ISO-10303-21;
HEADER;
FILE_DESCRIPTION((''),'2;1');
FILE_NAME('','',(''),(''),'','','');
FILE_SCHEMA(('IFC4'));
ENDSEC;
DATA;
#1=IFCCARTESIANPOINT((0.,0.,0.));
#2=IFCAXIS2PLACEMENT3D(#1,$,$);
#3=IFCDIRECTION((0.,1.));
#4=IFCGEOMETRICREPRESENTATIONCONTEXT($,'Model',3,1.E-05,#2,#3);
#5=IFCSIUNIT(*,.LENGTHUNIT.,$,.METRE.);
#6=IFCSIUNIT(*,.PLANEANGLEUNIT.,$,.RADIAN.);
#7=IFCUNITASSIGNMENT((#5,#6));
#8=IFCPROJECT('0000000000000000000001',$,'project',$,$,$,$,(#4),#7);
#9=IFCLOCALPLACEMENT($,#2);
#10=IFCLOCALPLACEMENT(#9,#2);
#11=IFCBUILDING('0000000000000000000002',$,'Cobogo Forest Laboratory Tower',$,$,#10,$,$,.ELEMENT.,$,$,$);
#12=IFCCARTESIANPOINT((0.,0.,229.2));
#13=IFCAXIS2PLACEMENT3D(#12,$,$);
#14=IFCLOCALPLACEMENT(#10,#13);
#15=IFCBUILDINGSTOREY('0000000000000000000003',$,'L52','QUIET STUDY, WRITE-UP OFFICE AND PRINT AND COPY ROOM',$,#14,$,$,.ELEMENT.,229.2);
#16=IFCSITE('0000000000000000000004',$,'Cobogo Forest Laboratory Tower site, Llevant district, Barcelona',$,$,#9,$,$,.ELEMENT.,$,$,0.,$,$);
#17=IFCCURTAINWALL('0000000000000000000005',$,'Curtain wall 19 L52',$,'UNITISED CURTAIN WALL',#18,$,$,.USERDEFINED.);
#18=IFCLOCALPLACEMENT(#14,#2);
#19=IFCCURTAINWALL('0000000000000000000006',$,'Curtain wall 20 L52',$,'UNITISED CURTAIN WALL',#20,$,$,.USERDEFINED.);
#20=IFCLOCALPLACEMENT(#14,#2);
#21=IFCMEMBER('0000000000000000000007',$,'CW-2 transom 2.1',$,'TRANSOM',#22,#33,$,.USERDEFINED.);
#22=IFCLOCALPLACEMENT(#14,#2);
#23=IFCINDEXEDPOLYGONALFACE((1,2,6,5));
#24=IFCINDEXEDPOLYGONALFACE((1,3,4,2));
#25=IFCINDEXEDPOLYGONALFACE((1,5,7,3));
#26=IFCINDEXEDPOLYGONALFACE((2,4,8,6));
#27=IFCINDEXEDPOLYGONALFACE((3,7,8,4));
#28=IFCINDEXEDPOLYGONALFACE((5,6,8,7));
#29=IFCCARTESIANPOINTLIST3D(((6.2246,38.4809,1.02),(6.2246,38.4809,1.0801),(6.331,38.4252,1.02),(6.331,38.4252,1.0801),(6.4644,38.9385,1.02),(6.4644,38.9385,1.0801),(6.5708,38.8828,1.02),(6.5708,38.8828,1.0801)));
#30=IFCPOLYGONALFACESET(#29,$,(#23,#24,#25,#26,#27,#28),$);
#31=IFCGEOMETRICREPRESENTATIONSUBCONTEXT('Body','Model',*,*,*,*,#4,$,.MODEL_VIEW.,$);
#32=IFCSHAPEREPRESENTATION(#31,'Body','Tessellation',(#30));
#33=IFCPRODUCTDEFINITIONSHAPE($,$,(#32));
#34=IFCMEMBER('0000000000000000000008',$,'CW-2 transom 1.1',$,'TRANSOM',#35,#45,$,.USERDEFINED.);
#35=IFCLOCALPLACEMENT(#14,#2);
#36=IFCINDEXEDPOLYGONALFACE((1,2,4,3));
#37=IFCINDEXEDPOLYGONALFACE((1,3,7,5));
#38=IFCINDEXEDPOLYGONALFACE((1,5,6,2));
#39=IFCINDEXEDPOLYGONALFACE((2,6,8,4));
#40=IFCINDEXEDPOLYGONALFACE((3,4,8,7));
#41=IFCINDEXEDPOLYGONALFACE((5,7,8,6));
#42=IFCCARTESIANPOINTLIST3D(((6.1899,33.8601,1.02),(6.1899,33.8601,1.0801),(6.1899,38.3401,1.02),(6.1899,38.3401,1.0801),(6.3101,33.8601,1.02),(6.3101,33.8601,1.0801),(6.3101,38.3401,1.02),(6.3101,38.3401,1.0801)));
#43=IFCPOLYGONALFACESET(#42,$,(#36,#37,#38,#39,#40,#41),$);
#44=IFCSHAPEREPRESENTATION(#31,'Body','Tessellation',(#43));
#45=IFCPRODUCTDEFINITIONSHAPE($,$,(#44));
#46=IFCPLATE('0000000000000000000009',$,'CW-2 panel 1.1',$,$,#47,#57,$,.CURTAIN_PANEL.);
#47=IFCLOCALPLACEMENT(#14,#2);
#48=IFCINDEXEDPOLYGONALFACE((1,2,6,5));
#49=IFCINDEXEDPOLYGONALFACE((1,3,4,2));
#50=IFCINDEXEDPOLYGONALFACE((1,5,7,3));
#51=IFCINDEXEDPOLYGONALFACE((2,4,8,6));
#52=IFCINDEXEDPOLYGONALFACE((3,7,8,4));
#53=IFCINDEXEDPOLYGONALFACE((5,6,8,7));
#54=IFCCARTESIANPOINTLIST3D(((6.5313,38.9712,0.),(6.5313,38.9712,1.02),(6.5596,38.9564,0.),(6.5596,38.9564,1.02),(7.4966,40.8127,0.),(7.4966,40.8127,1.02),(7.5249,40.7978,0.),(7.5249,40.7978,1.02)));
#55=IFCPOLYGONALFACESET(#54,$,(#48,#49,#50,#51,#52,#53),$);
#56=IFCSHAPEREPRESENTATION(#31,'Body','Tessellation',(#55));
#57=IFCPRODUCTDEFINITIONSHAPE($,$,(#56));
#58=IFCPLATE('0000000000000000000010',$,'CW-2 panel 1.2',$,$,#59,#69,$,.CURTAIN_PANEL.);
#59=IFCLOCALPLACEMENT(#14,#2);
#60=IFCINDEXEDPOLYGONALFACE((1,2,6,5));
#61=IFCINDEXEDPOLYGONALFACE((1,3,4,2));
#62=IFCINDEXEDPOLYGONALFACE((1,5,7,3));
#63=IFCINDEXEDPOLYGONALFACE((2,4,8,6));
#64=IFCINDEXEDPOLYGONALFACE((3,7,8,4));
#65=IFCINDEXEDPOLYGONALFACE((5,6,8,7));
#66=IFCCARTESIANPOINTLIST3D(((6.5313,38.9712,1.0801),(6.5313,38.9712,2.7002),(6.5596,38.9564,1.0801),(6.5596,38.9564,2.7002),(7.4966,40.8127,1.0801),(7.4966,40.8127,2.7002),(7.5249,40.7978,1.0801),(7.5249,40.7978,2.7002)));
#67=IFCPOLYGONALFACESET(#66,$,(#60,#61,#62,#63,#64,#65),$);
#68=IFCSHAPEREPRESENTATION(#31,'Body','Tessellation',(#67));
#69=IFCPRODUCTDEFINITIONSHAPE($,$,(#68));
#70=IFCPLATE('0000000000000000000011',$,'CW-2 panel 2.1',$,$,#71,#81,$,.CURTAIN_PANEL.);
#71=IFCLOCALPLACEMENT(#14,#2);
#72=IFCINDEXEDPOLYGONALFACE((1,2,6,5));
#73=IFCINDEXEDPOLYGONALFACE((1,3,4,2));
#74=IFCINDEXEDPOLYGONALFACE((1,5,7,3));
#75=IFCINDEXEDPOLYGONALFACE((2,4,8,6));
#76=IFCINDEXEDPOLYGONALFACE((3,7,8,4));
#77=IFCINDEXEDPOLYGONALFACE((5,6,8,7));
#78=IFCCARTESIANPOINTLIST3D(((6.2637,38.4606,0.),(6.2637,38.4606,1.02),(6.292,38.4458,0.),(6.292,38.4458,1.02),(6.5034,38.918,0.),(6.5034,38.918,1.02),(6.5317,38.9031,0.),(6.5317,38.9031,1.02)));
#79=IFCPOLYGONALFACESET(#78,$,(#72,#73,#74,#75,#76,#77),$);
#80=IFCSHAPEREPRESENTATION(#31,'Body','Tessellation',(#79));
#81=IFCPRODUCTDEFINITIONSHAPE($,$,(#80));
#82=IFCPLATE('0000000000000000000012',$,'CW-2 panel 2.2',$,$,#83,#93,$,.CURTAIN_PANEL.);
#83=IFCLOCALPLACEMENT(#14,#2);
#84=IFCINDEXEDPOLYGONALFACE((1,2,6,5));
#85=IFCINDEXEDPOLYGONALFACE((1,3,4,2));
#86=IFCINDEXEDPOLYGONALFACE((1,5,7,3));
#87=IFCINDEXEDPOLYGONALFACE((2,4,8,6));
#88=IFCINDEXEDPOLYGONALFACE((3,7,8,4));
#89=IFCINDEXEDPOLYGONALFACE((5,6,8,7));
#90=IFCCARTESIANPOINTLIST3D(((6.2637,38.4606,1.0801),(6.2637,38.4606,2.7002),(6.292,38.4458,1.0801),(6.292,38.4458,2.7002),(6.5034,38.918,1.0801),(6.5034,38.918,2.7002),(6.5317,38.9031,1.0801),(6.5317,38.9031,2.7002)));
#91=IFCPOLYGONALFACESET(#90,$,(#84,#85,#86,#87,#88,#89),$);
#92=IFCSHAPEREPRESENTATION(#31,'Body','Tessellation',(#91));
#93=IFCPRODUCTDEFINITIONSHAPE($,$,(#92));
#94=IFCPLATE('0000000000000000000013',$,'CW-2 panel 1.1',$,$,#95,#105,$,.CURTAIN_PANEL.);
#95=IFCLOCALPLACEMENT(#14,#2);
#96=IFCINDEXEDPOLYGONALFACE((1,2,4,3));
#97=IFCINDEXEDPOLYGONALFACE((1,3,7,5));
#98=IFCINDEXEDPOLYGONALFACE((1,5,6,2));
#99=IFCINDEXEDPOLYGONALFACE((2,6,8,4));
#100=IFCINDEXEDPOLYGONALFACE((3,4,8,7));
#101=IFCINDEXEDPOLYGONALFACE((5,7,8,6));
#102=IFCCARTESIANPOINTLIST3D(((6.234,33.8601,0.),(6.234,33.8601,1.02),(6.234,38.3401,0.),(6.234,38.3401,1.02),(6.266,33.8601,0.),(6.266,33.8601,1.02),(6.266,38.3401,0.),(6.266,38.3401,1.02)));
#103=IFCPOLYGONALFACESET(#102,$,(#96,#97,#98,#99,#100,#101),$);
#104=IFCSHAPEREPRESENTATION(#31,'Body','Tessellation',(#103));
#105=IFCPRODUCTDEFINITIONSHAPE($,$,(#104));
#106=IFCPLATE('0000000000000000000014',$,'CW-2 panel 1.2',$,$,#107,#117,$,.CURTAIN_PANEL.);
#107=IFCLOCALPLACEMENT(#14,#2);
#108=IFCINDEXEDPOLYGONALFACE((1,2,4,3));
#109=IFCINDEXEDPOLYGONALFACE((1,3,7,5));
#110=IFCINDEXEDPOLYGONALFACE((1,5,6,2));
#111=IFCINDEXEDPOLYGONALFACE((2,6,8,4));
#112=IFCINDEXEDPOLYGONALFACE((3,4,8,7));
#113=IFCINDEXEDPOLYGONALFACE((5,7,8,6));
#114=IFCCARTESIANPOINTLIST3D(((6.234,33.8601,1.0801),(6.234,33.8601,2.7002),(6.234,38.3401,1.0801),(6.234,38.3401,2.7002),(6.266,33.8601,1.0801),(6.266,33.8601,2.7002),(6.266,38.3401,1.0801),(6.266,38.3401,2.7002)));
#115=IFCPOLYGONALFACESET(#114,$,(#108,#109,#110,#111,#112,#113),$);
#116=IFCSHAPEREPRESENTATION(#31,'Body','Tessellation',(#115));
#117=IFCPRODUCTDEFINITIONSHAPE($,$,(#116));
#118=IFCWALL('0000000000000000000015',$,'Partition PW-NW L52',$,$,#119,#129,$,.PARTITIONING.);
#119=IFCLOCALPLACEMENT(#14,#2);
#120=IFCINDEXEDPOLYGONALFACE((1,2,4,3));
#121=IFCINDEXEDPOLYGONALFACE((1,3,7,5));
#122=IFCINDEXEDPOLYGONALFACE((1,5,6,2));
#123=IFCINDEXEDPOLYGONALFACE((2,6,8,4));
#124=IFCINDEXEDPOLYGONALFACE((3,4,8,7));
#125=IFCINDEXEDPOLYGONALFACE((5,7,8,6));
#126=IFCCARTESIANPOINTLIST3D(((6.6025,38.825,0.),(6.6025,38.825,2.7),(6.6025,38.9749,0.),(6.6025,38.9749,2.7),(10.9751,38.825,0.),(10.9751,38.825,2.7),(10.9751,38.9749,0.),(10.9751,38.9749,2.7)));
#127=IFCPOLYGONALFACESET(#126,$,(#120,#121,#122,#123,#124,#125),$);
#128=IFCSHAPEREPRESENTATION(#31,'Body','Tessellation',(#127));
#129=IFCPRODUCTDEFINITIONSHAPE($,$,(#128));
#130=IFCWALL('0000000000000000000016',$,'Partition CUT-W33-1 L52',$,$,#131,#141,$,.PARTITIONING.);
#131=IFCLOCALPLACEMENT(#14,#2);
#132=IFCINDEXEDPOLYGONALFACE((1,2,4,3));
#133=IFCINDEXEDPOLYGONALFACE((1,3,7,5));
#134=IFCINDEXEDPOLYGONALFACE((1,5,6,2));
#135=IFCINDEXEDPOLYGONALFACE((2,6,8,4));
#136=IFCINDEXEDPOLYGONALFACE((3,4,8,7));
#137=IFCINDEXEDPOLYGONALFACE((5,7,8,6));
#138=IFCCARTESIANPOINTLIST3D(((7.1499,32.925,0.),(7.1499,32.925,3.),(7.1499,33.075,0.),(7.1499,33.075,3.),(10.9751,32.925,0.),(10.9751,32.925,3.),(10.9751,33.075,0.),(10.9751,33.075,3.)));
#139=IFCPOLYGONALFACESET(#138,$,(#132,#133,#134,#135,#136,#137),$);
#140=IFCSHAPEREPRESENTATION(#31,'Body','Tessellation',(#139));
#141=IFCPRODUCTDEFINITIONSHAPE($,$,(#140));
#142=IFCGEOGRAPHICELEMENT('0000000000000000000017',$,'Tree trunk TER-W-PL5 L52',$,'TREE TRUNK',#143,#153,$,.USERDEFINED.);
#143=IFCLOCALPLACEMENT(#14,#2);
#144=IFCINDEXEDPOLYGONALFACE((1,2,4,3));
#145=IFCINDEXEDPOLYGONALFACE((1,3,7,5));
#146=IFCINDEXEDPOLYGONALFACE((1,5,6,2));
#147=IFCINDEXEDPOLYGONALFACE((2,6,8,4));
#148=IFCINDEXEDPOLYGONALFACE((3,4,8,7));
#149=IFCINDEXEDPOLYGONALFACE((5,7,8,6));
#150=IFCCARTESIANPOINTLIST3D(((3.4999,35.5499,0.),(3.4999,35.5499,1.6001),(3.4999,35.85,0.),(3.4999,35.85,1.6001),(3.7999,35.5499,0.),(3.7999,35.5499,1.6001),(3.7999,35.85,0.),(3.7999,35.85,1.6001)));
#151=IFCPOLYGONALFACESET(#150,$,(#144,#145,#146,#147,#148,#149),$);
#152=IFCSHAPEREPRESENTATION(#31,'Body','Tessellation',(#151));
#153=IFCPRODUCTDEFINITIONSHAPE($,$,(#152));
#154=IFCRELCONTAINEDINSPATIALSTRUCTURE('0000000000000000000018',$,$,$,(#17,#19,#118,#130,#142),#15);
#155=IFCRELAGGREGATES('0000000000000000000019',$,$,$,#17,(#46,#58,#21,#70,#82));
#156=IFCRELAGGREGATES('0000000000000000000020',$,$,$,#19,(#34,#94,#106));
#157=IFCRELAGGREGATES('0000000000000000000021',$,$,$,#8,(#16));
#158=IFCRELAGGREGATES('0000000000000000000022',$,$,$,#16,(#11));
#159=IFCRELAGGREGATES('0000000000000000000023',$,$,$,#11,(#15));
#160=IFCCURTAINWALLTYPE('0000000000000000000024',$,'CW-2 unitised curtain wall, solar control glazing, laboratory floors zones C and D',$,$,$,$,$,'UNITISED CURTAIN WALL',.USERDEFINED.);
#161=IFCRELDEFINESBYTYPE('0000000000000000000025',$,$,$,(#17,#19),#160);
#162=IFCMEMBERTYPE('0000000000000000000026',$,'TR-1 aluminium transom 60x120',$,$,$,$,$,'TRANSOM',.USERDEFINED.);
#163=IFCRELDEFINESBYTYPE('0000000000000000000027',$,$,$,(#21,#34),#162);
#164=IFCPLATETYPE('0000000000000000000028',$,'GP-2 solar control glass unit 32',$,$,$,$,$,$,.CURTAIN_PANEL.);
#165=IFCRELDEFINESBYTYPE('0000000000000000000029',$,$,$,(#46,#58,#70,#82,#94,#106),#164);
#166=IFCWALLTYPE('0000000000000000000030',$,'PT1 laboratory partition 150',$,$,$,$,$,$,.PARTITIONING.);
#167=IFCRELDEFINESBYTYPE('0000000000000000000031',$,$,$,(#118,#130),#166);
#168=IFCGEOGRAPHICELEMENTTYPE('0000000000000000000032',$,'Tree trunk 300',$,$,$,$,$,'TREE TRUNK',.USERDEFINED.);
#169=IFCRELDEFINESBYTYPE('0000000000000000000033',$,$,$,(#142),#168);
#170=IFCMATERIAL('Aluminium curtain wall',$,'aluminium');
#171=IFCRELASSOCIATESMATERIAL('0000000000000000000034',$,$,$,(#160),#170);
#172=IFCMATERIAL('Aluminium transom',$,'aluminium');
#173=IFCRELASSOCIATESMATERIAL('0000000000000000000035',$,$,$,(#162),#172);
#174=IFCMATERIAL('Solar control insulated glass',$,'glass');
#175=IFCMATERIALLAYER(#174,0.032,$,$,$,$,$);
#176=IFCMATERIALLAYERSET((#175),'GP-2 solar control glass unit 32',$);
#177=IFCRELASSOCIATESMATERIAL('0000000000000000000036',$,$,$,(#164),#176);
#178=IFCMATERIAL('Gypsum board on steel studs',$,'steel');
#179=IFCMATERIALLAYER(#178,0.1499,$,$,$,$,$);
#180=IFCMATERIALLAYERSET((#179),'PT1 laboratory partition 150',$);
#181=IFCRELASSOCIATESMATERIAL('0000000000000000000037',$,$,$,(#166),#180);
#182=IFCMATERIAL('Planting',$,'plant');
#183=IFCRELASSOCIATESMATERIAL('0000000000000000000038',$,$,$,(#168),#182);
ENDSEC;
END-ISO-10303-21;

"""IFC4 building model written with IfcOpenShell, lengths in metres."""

from ifc_helpers import new_model, si_unit, direction, frame, frame_2d, origin, origin_2d, place, context, subcontext, project, spatial, rectangle, extrude, material, layer, layer_set, material_profile, profile_set, type_object, element, aggregate, save


model = new_model("IFC4")

# Units and contexts
model_context = context("Model", 3, precision=1e-05, world=origin(), true_north=direction((0.0, 1.0)))
body_context = subcontext(model_context, "Body", "Model", "MODEL_VIEW")
ifc_project = project(units=[si_unit("LENGTHUNIT", "METRE"), si_unit("PLANEANGLEUNIT", "RADIAN")], contexts=[model_context])

# Site, building, storey
site_placement = place(None, origin())
site = spatial("IfcSite", under=ifc_project, at=site_placement, Name="Cobogo Forest Laboratory Tower site, Llevant district, Barcelona", CompositionType="ELEMENT", RefElevation=0.0)
building_placement = place(site_placement, origin())
building = spatial("IfcBuilding", under=site, at=building_placement, Name="Cobogo Forest Laboratory Tower", CompositionType="ELEMENT")
storey_placement = place(building_placement, frame((0.0, 0.0, 229.2)))
storey = spatial("IfcBuildingStorey", under=building, at=storey_placement, Name="L52", Description="QUIET STUDY, WRITE-UP OFFICE AND PRINT AND COPY ROOM", CompositionType="ELEMENT", Elevation=229.2)

# Curtain walls
ifc_material_1 = material(Name="Aluminium curtain wall", Category="aluminium")
curtain_wall_type = type_object("IfcCurtainWallType", Name="CW-2 unitised curtain wall, solar control glazing, laboratory floors zones C and D", ElementType="UNITISED CURTAIN WALL", PredefinedType="USERDEFINED", material=ifc_material_1)
curtain_wall_1_placement = place(storey_placement, origin())
curtain_wall_1 = element("IfcCurtainWall", 1, at=curtain_wall_1_placement, inside=storey, type_object=curtain_wall_type, Name="Curtain wall 19 L52", ObjectType="UNITISED CURTAIN WALL", PredefinedType="USERDEFINED")
curtain_wall_2_placement = place(storey_placement, origin())
curtain_wall_2 = element("IfcCurtainWall", 2, at=curtain_wall_2_placement, inside=storey, type_object=curtain_wall_type, Name="Curtain wall 20 L52", ObjectType="UNITISED CURTAIN WALL", PredefinedType="USERDEFINED")

# Members
ifc_material_2 = material(Name="Aluminium transom", Category="aluminium")
ifc_material_profile_1 = material_profile(ifc_material_2, rectangle(XDim=0.1201, YDim=0.0601, at=origin_2d()), Name="AL 60x120")
ifc_profile_set_1 = profile_set([ifc_material_profile_1], Name="Aluminium transom")
member_type_1 = type_object("IfcMemberType", Name="TR-1 aluminium transom 60x120", ElementType="TRANSOM", PredefinedType="USERDEFINED", material=ifc_profile_set_1)
member_1_placement = place(storey_placement, frame((6.5176, 38.9106, 1.05), z_axis=(-0.464148, -0.885758, 0.0), x_axis=(0.885758, -0.464148, 0.0)))
member_1 = element("IfcMember", 3, at=member_1_placement, type_object=member_type_1, Name="CW-2 transom 2.1", ObjectType="TRANSOM", PredefinedType="USERDEFINED", context=body_context, shape_type="SweptSolid", body=[
    extrude(rectangle(XDim=0.1201, YDim=0.0601, at=origin_2d()), origin(), (0.0, 0.0, 1.0), 0.5166),
])
member_2_placement = place(storey_placement, frame((6.25, 38.3401, 1.05), z_axis=(0.0, -1.0, 0.0), x_axis=(1.0, 0.0, 0.0)))
member_2 = element("IfcMember", 4, at=member_2_placement, type_object=member_type_1, Name="CW-2 transom 1.1", ObjectType="TRANSOM", PredefinedType="USERDEFINED", context=body_context, shape_type="SweptSolid", body=[
    extrude(rectangle(XDim=0.1201, YDim=0.0601, at=origin_2d()), origin(), (0.0, 0.0, 1.0), 4.48),
])

# Plates
ifc_material_3 = material(Name="Solar control insulated glass", Category="glass")
ifc_layer_1 = layer(ifc_material_3, 0.032)
ifc_layer_set_1 = layer_set([ifc_layer_1], Name="GP-2 solar control glass unit 32")
plate_type = type_object("IfcPlateType", Name="GP-2 solar control glass unit 32", PredefinedType="CURTAIN_PANEL", material=ifc_layer_set_1)
plate_1_placement = place(storey_placement, frame((7.0281, 39.8845, 0.0), z_axis=(0.0, 0.0, 1.0), x_axis=(-0.464284, -0.885687, 0.0)))
plate_1 = element("IfcPlate", 5, at=plate_1_placement, type_object=plate_type, Name="CW-2 panel 1.1", PredefinedType="CURTAIN_PANEL", context=body_context, shape_type="SweptSolid", body=[
    extrude(rectangle(XDim=2.0791, YDim=0.032, at=origin_2d()), origin(), (0.0, 0.0, 1.0), 1.02),
])
plate_2_placement = place(storey_placement, frame((7.0281, 39.8845, 1.0801), z_axis=(0.0, 0.0, 1.0), x_axis=(-0.464284, -0.885687, 0.0)))
plate_2 = element("IfcPlate", 6, at=plate_2_placement, type_object=plate_type, Name="CW-2 panel 1.2", PredefinedType="CURTAIN_PANEL", context=body_context, shape_type="SweptSolid", body=[
    extrude(rectangle(XDim=2.0791, YDim=0.032, at=origin_2d()), origin(), (0.0, 0.0, 1.0), 1.6201),
])
plate_3_placement = place(storey_placement, frame((6.3977, 38.6819, 0.0), z_axis=(0.0, 0.0, 1.0), x_axis=(-0.464284, -0.885687, 0.0)))
plate_3 = element("IfcPlate", 7, at=plate_3_placement, type_object=plate_type, Name="CW-2 panel 2.1", PredefinedType="CURTAIN_PANEL", context=body_context, shape_type="SweptSolid", body=[
    extrude(rectangle(XDim=0.5164, YDim=0.032, at=origin_2d()), origin(), (0.0, 0.0, 1.0), 1.02),
])
plate_4_placement = place(storey_placement, frame((6.3977, 38.6819, 1.0801), z_axis=(0.0, 0.0, 1.0), x_axis=(-0.464284, -0.885687, 0.0)))
plate_4 = element("IfcPlate", 8, at=plate_4_placement, type_object=plate_type, Name="CW-2 panel 2.2", PredefinedType="CURTAIN_PANEL", context=body_context, shape_type="SweptSolid", body=[
    extrude(rectangle(XDim=0.5164, YDim=0.032, at=origin_2d()), origin(), (0.0, 0.0, 1.0), 1.6201),
])
aggregate(curtain_wall_1, [plate_1, plate_2, member_1, plate_3, plate_4])
plate_5_placement = place(storey_placement, frame((6.25, 36.1001, 0.0), z_axis=(0.0, 0.0, 1.0), x_axis=(0.0, -1.0, 0.0)))
plate_5 = element("IfcPlate", 9, at=plate_5_placement, type_object=plate_type, Name="CW-2 panel 1.1", PredefinedType="CURTAIN_PANEL", context=body_context, shape_type="SweptSolid", body=[
    extrude(rectangle(XDim=4.48, YDim=0.032, at=origin_2d()), origin(), (0.0, 0.0, 1.0), 1.02),
])
plate_6_placement = place(storey_placement, frame((6.25, 36.1001, 1.0801), z_axis=(0.0, 0.0, 1.0), x_axis=(0.0, -1.0, 0.0)))
plate_6 = element("IfcPlate", 10, at=plate_6_placement, type_object=plate_type, Name="CW-2 panel 1.2", PredefinedType="CURTAIN_PANEL", context=body_context, shape_type="SweptSolid", body=[
    extrude(rectangle(XDim=4.48, YDim=0.032, at=origin_2d()), origin(), (0.0, 0.0, 1.0), 1.6201),
])
aggregate(curtain_wall_2, [member_2, plate_5, plate_6])

# Walls
ifc_material_4 = material(Name="Gypsum board on steel studs", Category="steel")
ifc_layer_2 = layer(ifc_material_4, 0.1499)
ifc_layer_set_2 = layer_set([ifc_layer_2], Name="PT1 laboratory partition 150")
wall_type = type_object("IfcWallType", Name="PT1 laboratory partition 150", PredefinedType="PARTITIONING", material=ifc_layer_set_2)
wall_1_placement = place(storey_placement, frame((6.6025, 38.8999, 0.0), z_axis=(0.0, 0.0, 1.0), x_axis=(1.0, 0.0, 0.0)))
element("IfcWall", 11, at=wall_1_placement, inside=storey, type_object=wall_type, Name="Partition PW-NW L52", PredefinedType="PARTITIONING", context=body_context, shape_type="SweptSolid", body=[
    extrude(rectangle(XDim=4.3726, YDim=0.1499, at=frame_2d((2.1863, 0.0))), origin(), (0.0, 0.0, 1.0), 2.7),
])
wall_2_placement = place(storey_placement, frame((7.1499, 33.0, 0.0), z_axis=(0.0, 0.0, 1.0), x_axis=(1.0, 0.0, 0.0)))
element("IfcWall", 12, at=wall_2_placement, inside=storey, type_object=wall_type, Name="Partition CUT-W33-1 L52", PredefinedType="PARTITIONING", context=body_context, shape_type="SweptSolid", body=[
    extrude(rectangle(XDim=3.8252, YDim=0.1499, at=frame_2d((1.9126, 0.0))), origin(), (0.0, 0.0, 1.0), 3.0),
])

# Geographic element
ifc_material_5 = material(Name="Planting", Category="plant")
geographic_element_type = type_object("IfcGeographicElementType", Name="Tree trunk 300", ElementType="TREE TRUNK", PredefinedType="USERDEFINED", material=ifc_material_5)
geographic_element_placement = place(storey_placement, frame((3.6499, 35.7, 0.0), z_axis=(0.0, 0.0, 1.0), x_axis=(1.0, 0.0, 0.0)))
element("IfcGeographicElement", 13, at=geographic_element_placement, inside=storey, type_object=geographic_element_type, Name="Tree trunk TER-W-PL5 L52", ObjectType="TREE TRUNK", PredefinedType="USERDEFINED", context=body_context, shape_type="SweptSolid", body=[
    extrude(rectangle(XDim=0.3, YDim=0.3, at=origin_2d()), origin(), (0.0, 0.0, 1.0), 1.6001),
])

save(model, "model.ifc")
